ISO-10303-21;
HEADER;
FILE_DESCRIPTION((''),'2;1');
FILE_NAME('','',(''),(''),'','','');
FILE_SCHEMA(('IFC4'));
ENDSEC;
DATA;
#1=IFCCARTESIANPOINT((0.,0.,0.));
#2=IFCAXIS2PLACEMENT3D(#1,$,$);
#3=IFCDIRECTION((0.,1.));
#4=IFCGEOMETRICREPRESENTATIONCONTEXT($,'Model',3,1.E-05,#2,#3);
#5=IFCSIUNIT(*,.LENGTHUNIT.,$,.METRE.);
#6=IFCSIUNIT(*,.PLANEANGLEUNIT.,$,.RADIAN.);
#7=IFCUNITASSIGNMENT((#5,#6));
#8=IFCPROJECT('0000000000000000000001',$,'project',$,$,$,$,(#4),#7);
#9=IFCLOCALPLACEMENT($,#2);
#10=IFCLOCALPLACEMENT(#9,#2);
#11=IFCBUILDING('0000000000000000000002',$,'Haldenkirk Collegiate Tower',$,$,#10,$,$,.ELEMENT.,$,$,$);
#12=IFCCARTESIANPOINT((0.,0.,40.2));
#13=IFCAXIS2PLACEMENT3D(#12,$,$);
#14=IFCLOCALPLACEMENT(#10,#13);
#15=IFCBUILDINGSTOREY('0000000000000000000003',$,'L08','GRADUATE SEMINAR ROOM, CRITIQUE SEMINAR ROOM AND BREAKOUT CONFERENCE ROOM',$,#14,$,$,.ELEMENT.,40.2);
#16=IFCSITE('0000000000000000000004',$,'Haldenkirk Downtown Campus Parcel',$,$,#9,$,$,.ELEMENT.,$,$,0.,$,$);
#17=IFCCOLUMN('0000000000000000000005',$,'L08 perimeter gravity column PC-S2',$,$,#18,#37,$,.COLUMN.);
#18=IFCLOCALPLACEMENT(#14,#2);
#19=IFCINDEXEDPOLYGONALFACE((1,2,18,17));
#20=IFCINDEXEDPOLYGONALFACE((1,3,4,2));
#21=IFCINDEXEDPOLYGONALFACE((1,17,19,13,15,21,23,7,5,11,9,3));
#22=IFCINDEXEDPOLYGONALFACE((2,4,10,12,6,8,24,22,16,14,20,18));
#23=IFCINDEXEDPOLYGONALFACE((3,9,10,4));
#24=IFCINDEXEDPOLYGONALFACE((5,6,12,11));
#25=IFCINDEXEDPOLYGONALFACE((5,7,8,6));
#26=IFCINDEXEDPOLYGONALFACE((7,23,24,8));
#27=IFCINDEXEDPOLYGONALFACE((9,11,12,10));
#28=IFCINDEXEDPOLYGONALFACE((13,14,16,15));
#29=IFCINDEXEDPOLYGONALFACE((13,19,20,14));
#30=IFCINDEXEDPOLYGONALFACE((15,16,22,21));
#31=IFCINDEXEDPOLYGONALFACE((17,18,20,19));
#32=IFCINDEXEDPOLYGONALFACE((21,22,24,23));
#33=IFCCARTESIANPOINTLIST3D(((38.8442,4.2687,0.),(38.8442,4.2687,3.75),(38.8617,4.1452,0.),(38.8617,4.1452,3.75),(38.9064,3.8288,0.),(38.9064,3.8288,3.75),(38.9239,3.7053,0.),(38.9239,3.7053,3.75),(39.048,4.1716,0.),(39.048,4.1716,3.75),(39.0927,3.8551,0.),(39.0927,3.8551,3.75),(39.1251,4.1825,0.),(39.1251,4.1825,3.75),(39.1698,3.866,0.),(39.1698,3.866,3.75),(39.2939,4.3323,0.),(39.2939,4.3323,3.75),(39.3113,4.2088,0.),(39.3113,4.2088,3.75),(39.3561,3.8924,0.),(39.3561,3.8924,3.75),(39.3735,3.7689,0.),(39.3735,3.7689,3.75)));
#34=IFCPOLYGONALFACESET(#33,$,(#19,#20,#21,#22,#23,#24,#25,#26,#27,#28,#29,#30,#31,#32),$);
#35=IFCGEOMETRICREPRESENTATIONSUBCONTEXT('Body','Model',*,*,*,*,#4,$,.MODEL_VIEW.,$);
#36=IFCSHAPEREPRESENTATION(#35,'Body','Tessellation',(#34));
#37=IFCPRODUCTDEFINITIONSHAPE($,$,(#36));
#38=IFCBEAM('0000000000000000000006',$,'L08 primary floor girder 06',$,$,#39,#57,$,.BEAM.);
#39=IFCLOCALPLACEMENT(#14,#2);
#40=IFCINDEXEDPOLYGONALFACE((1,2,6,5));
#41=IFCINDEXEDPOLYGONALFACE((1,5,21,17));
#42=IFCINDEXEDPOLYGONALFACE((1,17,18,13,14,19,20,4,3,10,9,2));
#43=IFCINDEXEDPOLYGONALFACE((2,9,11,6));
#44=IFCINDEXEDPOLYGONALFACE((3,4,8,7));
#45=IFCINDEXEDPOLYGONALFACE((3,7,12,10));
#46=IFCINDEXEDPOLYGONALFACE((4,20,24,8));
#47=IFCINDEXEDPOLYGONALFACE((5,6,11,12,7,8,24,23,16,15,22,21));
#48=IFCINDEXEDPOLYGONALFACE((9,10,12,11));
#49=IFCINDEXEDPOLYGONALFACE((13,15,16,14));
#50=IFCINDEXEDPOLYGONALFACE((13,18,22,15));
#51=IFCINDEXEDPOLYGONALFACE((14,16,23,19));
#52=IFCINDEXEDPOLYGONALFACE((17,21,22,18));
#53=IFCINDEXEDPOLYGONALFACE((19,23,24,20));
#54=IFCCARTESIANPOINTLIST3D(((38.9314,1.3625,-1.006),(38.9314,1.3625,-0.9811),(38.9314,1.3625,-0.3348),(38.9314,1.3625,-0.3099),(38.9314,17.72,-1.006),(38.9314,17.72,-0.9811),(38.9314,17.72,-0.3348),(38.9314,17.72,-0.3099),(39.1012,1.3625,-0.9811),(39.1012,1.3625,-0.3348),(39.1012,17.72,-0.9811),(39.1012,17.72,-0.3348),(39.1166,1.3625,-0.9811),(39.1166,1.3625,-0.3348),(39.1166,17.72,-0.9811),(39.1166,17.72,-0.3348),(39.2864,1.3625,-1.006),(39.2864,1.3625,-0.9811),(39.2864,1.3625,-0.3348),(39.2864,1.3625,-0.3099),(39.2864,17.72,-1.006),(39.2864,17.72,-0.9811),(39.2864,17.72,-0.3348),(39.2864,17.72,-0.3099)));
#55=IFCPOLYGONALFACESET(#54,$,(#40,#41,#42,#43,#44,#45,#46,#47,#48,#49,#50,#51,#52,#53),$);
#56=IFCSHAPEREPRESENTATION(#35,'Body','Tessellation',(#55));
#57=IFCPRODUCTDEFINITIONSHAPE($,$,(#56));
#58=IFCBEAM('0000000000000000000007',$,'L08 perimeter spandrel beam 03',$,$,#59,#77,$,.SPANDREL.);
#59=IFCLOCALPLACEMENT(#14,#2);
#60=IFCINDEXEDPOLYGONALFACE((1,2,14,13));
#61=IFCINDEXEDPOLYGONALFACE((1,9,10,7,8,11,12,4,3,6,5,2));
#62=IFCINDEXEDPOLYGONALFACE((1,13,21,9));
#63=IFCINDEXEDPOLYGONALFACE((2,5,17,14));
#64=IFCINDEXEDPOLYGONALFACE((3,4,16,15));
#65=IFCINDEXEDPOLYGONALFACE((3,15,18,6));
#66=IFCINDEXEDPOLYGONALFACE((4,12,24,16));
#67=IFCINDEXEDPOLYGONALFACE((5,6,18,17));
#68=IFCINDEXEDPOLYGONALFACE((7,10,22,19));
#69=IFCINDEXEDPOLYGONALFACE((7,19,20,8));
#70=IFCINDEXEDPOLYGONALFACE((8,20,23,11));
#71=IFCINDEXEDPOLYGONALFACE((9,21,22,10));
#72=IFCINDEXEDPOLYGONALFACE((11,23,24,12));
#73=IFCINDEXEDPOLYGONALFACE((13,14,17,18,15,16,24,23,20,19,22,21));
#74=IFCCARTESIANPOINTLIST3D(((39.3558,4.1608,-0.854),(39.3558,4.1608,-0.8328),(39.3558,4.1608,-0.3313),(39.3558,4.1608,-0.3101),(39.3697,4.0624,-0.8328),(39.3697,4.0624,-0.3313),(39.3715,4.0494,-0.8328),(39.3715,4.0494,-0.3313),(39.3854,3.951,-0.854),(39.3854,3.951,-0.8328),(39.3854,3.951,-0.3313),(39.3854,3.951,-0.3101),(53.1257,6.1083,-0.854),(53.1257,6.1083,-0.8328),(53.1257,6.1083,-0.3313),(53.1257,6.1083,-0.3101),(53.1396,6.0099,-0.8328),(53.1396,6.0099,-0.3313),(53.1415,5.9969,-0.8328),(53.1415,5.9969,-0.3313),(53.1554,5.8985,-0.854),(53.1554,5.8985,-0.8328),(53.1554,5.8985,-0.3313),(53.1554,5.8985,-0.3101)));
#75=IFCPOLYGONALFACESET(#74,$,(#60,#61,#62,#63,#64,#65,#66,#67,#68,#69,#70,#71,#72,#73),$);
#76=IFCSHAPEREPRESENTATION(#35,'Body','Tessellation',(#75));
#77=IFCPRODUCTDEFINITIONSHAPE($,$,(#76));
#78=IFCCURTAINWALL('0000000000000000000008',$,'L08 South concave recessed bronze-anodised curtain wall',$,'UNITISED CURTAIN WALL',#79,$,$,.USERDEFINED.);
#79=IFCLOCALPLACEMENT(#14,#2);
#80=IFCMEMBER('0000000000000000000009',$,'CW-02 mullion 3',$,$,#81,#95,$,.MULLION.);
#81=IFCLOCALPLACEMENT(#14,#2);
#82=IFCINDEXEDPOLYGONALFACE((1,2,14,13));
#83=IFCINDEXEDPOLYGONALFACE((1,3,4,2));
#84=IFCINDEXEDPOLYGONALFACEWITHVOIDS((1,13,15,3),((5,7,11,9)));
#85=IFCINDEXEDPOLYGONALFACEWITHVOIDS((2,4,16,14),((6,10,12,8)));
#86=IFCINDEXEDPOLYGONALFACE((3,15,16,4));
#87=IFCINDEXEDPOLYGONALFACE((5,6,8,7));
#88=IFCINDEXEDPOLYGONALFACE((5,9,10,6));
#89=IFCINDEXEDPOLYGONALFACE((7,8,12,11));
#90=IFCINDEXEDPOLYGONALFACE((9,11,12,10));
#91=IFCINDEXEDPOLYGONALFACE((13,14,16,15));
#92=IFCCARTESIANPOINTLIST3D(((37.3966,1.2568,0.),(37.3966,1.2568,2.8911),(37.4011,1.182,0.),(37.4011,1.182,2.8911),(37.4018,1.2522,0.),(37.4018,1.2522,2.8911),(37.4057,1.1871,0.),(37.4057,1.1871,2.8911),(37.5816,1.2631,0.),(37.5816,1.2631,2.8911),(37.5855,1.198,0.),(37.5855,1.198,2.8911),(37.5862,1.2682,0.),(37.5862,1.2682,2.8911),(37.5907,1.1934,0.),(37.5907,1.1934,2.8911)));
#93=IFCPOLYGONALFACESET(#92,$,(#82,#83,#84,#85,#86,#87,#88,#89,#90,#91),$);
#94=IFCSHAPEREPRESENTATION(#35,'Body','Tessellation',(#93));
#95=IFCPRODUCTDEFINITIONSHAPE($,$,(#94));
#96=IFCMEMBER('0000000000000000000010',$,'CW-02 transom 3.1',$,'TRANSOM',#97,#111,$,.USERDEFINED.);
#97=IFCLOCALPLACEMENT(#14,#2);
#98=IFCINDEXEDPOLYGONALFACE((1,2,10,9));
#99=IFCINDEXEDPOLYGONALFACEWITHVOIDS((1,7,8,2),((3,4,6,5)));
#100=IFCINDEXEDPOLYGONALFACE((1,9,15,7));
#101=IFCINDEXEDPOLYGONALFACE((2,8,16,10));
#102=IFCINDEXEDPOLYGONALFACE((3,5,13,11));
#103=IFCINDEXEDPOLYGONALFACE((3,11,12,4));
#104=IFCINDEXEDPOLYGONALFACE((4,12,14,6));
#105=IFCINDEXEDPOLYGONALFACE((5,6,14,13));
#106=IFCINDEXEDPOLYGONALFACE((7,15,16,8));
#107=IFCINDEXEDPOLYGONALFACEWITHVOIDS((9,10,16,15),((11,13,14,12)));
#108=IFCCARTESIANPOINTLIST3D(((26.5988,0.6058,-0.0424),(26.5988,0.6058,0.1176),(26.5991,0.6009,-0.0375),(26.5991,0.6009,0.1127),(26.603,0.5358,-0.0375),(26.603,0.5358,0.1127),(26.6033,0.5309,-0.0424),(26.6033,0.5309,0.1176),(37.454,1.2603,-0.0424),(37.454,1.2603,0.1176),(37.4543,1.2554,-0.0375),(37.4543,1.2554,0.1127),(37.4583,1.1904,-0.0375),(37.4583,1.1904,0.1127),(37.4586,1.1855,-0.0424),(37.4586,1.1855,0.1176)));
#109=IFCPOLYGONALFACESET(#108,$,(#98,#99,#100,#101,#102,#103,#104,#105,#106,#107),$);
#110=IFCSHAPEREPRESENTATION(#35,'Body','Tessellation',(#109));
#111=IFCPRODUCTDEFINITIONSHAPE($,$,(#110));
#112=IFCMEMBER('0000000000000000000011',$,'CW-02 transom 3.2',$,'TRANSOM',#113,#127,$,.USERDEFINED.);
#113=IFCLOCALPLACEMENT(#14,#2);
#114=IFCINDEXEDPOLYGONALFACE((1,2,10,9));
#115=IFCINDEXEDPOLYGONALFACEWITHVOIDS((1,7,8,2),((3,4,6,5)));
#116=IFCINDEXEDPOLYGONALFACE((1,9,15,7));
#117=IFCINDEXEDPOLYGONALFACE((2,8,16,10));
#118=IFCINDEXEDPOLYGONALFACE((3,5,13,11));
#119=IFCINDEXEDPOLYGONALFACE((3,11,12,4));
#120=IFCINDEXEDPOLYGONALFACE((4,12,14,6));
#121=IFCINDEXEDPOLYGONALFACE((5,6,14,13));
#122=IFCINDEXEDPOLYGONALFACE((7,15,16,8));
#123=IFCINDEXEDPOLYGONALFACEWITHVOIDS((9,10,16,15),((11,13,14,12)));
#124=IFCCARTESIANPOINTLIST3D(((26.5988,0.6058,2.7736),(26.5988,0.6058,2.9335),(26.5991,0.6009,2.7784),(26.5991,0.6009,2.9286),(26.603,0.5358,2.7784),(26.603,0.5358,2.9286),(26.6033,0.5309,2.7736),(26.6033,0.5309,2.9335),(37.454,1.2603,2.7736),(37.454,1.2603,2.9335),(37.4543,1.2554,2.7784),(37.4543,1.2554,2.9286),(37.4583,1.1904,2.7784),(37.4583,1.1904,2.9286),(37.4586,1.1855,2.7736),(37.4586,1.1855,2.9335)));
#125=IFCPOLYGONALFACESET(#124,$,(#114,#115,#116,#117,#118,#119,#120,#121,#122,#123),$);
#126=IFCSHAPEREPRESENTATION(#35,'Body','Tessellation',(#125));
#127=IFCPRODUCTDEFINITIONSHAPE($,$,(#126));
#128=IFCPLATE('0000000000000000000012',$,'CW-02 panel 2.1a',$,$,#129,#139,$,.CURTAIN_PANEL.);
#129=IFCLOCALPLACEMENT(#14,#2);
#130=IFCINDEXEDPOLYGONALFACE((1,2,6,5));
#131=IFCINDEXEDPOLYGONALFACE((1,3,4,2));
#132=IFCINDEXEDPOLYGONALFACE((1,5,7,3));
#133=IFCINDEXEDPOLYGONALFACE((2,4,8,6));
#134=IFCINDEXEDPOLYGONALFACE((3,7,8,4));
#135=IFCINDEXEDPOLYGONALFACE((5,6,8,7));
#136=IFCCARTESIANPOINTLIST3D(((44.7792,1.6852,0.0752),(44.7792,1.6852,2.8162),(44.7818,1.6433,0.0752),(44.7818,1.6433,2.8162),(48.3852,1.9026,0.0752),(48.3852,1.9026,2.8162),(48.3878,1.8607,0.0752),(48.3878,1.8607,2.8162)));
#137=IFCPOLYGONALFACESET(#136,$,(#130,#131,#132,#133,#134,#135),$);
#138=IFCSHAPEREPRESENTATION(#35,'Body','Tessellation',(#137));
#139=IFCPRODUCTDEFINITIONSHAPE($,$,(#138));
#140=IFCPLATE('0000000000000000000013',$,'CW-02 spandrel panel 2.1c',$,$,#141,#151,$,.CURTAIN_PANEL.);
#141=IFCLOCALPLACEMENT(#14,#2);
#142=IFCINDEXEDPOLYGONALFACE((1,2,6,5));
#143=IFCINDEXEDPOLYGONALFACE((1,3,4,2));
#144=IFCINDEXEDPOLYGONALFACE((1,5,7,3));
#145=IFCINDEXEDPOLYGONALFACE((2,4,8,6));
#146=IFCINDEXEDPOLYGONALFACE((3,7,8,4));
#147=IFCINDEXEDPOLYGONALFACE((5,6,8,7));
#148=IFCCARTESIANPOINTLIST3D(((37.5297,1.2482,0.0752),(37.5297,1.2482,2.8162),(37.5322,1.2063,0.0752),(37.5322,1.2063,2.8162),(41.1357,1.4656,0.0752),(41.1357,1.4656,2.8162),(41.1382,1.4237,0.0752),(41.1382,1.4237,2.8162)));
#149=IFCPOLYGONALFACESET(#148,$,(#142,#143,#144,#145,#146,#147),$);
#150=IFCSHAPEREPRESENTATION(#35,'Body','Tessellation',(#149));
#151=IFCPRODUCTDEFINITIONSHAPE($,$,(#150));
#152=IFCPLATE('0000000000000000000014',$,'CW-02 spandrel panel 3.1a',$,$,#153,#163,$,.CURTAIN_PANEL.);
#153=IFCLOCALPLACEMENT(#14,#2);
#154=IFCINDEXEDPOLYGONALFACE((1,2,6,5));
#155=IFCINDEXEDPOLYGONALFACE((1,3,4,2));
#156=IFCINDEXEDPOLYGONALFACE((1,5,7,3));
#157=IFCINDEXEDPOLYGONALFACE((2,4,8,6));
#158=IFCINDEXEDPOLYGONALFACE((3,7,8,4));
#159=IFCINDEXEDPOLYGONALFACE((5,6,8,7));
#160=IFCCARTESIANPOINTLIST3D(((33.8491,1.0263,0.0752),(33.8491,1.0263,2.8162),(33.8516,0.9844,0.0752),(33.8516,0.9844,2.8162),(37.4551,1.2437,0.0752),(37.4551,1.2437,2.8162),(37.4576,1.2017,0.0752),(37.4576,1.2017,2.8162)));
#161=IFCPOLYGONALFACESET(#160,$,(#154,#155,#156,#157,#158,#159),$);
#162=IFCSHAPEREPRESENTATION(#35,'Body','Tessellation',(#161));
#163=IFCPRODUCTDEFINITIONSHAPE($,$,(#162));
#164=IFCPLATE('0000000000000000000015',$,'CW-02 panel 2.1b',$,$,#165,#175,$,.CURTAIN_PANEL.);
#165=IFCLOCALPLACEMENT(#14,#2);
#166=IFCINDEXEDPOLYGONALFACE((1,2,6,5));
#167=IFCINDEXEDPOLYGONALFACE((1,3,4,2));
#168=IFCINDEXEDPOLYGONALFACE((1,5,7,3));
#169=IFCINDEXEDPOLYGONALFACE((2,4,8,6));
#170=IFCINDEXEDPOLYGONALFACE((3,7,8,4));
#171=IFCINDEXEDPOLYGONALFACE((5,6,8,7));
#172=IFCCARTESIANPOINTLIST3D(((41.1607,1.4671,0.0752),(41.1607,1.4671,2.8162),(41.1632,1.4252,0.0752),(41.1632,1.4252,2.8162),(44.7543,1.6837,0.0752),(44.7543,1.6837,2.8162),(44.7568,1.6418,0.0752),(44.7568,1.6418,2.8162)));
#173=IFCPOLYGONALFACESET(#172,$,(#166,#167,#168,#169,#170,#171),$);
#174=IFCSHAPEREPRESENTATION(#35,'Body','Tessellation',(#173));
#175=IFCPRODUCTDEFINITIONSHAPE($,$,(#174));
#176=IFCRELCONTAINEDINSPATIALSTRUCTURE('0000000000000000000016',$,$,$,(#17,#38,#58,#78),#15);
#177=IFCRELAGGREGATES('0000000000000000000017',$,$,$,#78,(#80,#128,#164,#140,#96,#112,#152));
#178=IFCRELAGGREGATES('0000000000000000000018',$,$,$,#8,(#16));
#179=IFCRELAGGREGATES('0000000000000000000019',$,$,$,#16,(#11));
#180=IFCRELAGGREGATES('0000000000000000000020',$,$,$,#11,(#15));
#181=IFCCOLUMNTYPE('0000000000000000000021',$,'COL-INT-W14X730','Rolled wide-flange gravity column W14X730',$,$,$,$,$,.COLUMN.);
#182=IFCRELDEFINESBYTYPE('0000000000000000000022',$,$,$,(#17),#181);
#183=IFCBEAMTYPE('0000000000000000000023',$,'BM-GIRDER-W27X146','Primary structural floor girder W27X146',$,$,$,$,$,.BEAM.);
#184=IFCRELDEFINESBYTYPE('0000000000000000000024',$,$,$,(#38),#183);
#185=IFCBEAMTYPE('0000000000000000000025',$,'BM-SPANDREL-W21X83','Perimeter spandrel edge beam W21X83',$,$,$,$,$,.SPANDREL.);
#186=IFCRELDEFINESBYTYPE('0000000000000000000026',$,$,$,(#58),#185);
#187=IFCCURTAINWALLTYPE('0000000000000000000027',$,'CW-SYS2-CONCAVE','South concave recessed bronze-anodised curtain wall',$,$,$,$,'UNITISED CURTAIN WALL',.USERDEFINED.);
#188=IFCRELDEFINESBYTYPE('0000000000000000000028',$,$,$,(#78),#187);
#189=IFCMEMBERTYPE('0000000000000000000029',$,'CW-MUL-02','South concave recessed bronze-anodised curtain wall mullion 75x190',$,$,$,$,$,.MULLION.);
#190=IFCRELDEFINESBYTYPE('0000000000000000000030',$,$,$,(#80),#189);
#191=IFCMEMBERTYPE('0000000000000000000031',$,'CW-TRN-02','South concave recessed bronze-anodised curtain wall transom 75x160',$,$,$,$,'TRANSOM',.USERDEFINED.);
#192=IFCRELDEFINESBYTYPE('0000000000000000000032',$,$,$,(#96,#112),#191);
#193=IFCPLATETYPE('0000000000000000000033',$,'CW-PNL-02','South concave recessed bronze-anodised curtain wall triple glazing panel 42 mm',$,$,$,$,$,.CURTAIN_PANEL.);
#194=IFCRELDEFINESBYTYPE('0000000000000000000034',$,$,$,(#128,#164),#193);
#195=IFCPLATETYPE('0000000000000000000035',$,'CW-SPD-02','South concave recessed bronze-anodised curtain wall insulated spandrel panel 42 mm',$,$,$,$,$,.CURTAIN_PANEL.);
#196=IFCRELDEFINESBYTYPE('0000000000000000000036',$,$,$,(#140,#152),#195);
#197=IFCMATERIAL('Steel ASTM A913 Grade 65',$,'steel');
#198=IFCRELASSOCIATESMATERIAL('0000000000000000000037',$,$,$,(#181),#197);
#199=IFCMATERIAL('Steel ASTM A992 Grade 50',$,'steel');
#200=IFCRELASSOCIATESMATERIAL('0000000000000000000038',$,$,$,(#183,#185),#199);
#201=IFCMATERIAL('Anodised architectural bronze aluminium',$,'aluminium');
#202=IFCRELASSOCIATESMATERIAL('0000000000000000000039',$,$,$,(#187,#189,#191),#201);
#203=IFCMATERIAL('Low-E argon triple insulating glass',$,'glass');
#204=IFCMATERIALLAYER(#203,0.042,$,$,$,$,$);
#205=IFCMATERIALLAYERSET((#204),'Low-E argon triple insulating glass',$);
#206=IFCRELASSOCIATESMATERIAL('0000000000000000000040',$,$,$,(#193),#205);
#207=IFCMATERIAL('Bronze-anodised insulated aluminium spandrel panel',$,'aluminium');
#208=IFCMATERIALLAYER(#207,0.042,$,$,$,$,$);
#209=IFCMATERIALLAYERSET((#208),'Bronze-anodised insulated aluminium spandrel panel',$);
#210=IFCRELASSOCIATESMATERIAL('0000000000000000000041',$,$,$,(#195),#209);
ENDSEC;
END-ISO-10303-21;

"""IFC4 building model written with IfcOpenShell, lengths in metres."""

from ifc_helpers import new_model, si_unit, direction, frame, origin, origin_2d, place, context, subcontext, project, spatial, rectangle, hollow_rectangle, i_section, extrude, source, transform, mapped, material, layer, layer_set, material_profile, profile_set, type_object, element, aggregate, save


model = new_model("IFC4")

# Units and contexts
model_context = context("Model", 3, precision=1e-05, world=origin(), true_north=direction((0.0, 1.0)))
body_context = subcontext(model_context, "Body", "Model", "MODEL_VIEW")
ifc_project = project(units=[si_unit("LENGTHUNIT", "METRE"), si_unit("PLANEANGLEUNIT", "RADIAN")], contexts=[model_context])

# Site, building, storey
site_placement = place(None, origin())
site = spatial("IfcSite", under=ifc_project, at=site_placement, Name="Haldenkirk Downtown Campus Parcel", CompositionType="ELEMENT", RefElevation=0.0)
building_placement = place(site_placement, origin())
building = spatial("IfcBuilding", under=site, at=building_placement, Name="Haldenkirk Collegiate Tower", CompositionType="ELEMENT")
storey_placement = place(building_placement, frame((0.0, 0.0, 40.2)))
storey = spatial("IfcBuildingStorey", under=building, at=storey_placement, Name="L08", Description="GRADUATE SEMINAR ROOM, CRITIQUE SEMINAR ROOM AND BREAKOUT CONFERENCE ROOM", CompositionType="ELEMENT", Elevation=40.2)

# Column
ifc_material_1 = material(Name="Steel ASTM A913 Grade 65", Category="steel")
ifc_material_profile_1 = material_profile(ifc_material_1, i_section(OverallWidth=0.4541, OverallDepth=0.5691, WebThickness=0.0779, FlangeThickness=0.1248, at=origin_2d()), Name="W14X730")
ifc_profile_set_1 = profile_set([ifc_material_profile_1], Name="Steel ASTM A913 Grade 65")
column_type = type_object("IfcColumnType", Name="COL-INT-W14X730", Description="Rolled wide-flange gravity column W14X730", PredefinedType="COLUMN", material=ifc_profile_set_1)
column_placement = place(storey_placement, frame((39.1089, 4.0188, 0.0), z_axis=(0.0, 0.0, 1.0), x_axis=(0.990146, 0.140037, 0.0)))
element("IfcColumn", 1, at=column_placement, inside=storey, type_object=column_type, Name="L08 perimeter gravity column PC-S2", PredefinedType="COLUMN", context=body_context, shape_type="SweptSolid", body=[
    extrude(i_section(OverallWidth=0.4541, OverallDepth=0.5691, WebThickness=0.0779, FlangeThickness=0.1248, at=origin_2d()), origin(), (0.0, 0.0, 1.0), 3.75),
])

# Beams
ifc_material_2 = material(Name="Steel ASTM A992 Grade 50", Category="steel")
ifc_material_profile_2 = material_profile(ifc_material_2, i_section(OverallWidth=0.355, OverallDepth=0.696, WebThickness=0.0154, FlangeThickness=0.0249, at=origin_2d()), Name="W27X146")
ifc_profile_set_2 = profile_set([ifc_material_profile_2], Name="Steel ASTM A992 Grade 50")
beam_type_1 = type_object("IfcBeamType", Name="BM-GIRDER-W27X146", Description="Primary structural floor girder W27X146", PredefinedType="BEAM", material=ifc_profile_set_2)
beam_1_placement = place(storey_placement, frame((39.1089, 1.3625, -0.658), z_axis=(0.0, 1.0, 0.0), x_axis=(-1.0, 0.0, 0.0)))
element("IfcBeam", 2, at=beam_1_placement, inside=storey, type_object=beam_type_1, Name="L08 primary floor girder 06", PredefinedType="BEAM", context=body_context, shape_type="SweptSolid", body=[
    extrude(i_section(OverallWidth=0.355, OverallDepth=0.696, WebThickness=0.0154, FlangeThickness=0.0249, at=origin_2d()), origin(), (0.0, 0.0, 1.0), 16.3574),
])
ifc_material_profile_3 = material_profile(ifc_material_2, i_section(OverallWidth=0.2119, OverallDepth=0.5439, WebThickness=0.0132, FlangeThickness=0.0212, at=origin_2d()), Name="W21X83")
ifc_profile_set_3 = profile_set([ifc_material_profile_3], Name="Steel ASTM A992 Grade 50")
beam_type_2 = type_object("IfcBeamType", Name="BM-SPANDREL-W21X83", Description="Perimeter spandrel edge beam W21X83", PredefinedType="SPANDREL", material=ifc_profile_set_3)
beam_2_placement = place(storey_placement, frame((39.3706, 4.0559, -0.582), z_axis=(0.990146, 0.140038, 0.0), x_axis=(-0.140038, 0.990146, 0.0)))
element("IfcBeam", 3, at=beam_2_placement, inside=storey, type_object=beam_type_2, Name="L08 perimeter spandrel beam 03", PredefinedType="SPANDREL", context=body_context, shape_type="SweptSolid", body=[
    extrude(i_section(OverallWidth=0.2119, OverallDepth=0.5439, WebThickness=0.0132, FlangeThickness=0.0212, at=origin_2d()), origin(), (0.0, 0.0, 1.0), 13.907),
])

# Curtain wall, members, plates
ifc_material_3 = material(Name="Anodised architectural bronze aluminium", Category="aluminium")
curtain_wall_type = type_object("IfcCurtainWallType", Name="CW-SYS2-CONCAVE", Description="South concave recessed bronze-anodised curtain wall", ElementType="UNITISED CURTAIN WALL", PredefinedType="USERDEFINED", material=ifc_material_3)
curtain_wall_placement = place(storey_placement, origin())
curtain_wall = element("IfcCurtainWall", 4, at=curtain_wall_placement, inside=storey, type_object=curtain_wall_type, Name="L08 South concave recessed bronze-anodised curtain wall", ObjectType="UNITISED CURTAIN WALL", PredefinedType="USERDEFINED")
ifc_material_profile_4 = material_profile(ifc_material_3, hollow_rectangle(XDim=0.075, YDim=0.1899, WallThickness=0.0049, at=origin_2d()), Name="CW-MUL-02")
ifc_profile_set_4 = profile_set([ifc_material_profile_4], Name="Anodised architectural bronze aluminium")
member_type_1 = type_object("IfcMemberType", Name="CW-MUL-02", Description="South concave recessed bronze-anodised curtain wall mullion 75x190", PredefinedType="MULLION", material=ifc_profile_set_4)
member_1_placement = place(storey_placement, frame((37.4937, 1.2251, 0.0), z_axis=(0.0, 0.0, 1.0), x_axis=(0.060176, -0.998188, 0.0)))
member_1 = element("IfcMember", 5, at=member_1_placement, type_object=member_type_1, Name="CW-02 mullion 3", PredefinedType="MULLION", context=body_context, shape_type="SweptSolid", body=[
    extrude(hollow_rectangle(XDim=0.075, YDim=0.1899, WallThickness=0.0049, at=origin_2d()), origin(), (0.0, 0.0, 1.0), 2.8911),
])
ifc_material_profile_5 = material_profile(ifc_material_3, hollow_rectangle(XDim=0.075, YDim=0.1599, WallThickness=0.0049, at=origin_2d()), Name="CW-TRN-02")
ifc_profile_set_5 = profile_set([ifc_material_profile_5], Name="Anodised architectural bronze aluminium")
member_type_2 = type_object("IfcMemberType", Name="CW-TRN-02", Description="South concave recessed bronze-anodised curtain wall transom 75x160", ElementType="TRANSOM", PredefinedType="USERDEFINED", material=ifc_profile_set_5)
member_2_placement = place(storey_placement, frame((37.4563, 1.2229, 0.0376), z_axis=(-0.998187, -0.060188, 0.0), x_axis=(0.060188, -0.998187, 0.0)))
member_2 = element("IfcMember", 6, at=member_2_placement, type_object=member_type_2, Name="CW-02 transom 3.1", ObjectType="TRANSOM", PredefinedType="USERDEFINED", context=body_context, shape_type="SweptSolid", body=[
    extrude(hollow_rectangle(XDim=0.075, YDim=0.1599, WallThickness=0.0049, at=origin_2d()), origin(), (0.0, 0.0, 1.0), 10.875),
])
member_3_placement = place(storey_placement, frame((37.4563, 1.2229, 2.8535), z_axis=(-0.998187, -0.060188, 0.0), x_axis=(0.060188, -0.998187, 0.0)))
member_3 = element("IfcMember", 7, at=member_3_placement, type_object=member_type_2, Name="CW-02 transom 3.2", ObjectType="TRANSOM", PredefinedType="USERDEFINED", context=body_context, shape_type="SweptSolid", body=[
    extrude(hollow_rectangle(XDim=0.075, YDim=0.1599, WallThickness=0.0049, at=origin_2d()), origin(), (0.0, 0.0, 1.0), 10.875),
])
ifc_material_4 = material(Name="Low-E argon triple insulating glass", Category="glass")
ifc_layer_1 = layer(ifc_material_4, 0.042)
ifc_layer_set_1 = layer_set([ifc_layer_1], Name="Low-E argon triple insulating glass")
plate_type_1 = type_object("IfcPlateType", Name="CW-PNL-02", Description="South concave recessed bronze-anodised curtain wall triple glazing panel 42 mm", PredefinedType="CURTAIN_PANEL", material=ifc_layer_set_1)
shared_shape_1 = source(origin(), body_context, "Body", "SweptSolid", [
    extrude(rectangle(XDim=3.6125, YDim=0.042, at=origin_2d()), origin(), (0.0, 0.0, 1.0), 2.741),
])
plate_1_placement = place(storey_placement, frame((46.5835, 1.7729, 0.0752), z_axis=(0.0, 0.0, 1.0), x_axis=(-0.998188, -0.060176, 0.0)))
plate_1 = element("IfcPlate", 8, at=plate_1_placement, type_object=plate_type_1, Name="CW-02 panel 2.1a", PredefinedType="CURTAIN_PANEL", context=body_context, shape_type="MappedRepresentation", body=[
    mapped(shared_shape_1, transform((0.0, 0.0, 0.0), x_axis=(1.0, 0.0, 0.0), y_axis=(0.0, 1.0, 0.0), z_axis=(0.0, 0.0, 1.0), scale=1.0)),
])
ifc_material_5 = material(Name="Bronze-anodised insulated aluminium spandrel panel", Category="aluminium")
ifc_layer_2 = layer(ifc_material_5, 0.042)
ifc_layer_set_2 = layer_set([ifc_layer_2], Name="Bronze-anodised insulated aluminium spandrel panel")
plate_type_2 = type_object("IfcPlateType", Name="CW-SPD-02", Description="South concave recessed bronze-anodised curtain wall insulated spandrel panel 42 mm", PredefinedType="CURTAIN_PANEL", material=ifc_layer_set_2)
plate_2_placement = place(storey_placement, frame((39.334, 1.3359, 0.0752), z_axis=(0.0, 0.0, 1.0), x_axis=(-0.998188, -0.060176, 0.0)))
plate_2 = element("IfcPlate", 9, at=plate_2_placement, type_object=plate_type_2, Name="CW-02 spandrel panel 2.1c", PredefinedType="CURTAIN_PANEL", context=body_context, shape_type="MappedRepresentation", body=[
    mapped(shared_shape_1, transform((0.0, 0.0, 0.0), x_axis=(1.0, 0.0, 0.0), y_axis=(0.0, 1.0, 0.0), z_axis=(0.0, 0.0, 1.0), scale=1.0)),
])
plate_3_placement = place(storey_placement, frame((35.6533, 1.114, 0.0752), z_axis=(0.0, 0.0, 1.0), x_axis=(-0.998188, -0.060176, 0.0)))
plate_3 = element("IfcPlate", 10, at=plate_3_placement, type_object=plate_type_2, Name="CW-02 spandrel panel 3.1a", PredefinedType="CURTAIN_PANEL", context=body_context, shape_type="MappedRepresentation", body=[
    mapped(shared_shape_1, transform((0.0, 0.0, 0.0), x_axis=(1.0, 0.0, 0.0), y_axis=(0.0, 1.0, 0.0), z_axis=(0.0, 0.0, 1.0), scale=1.0)),
])
shared_shape_2 = source(origin(), body_context, "Body", "SweptSolid", [
    extrude(rectangle(XDim=3.6001, YDim=0.042, at=origin_2d()), origin(), (0.0, 0.0, 1.0), 2.741),
])
plate_4_placement = place(storey_placement, frame((42.9587, 1.5544, 0.0752), z_axis=(0.0, 0.0, 1.0), x_axis=(-0.998188, -0.060176, 0.0)))
plate_4 = element("IfcPlate", 11, at=plate_4_placement, type_object=plate_type_1, Name="CW-02 panel 2.1b", PredefinedType="CURTAIN_PANEL", context=body_context, shape_type="MappedRepresentation", body=[
    mapped(shared_shape_2, transform((0.0, 0.0, 0.0), x_axis=(1.0, 0.0, 0.0), y_axis=(0.0, 1.0, 0.0), z_axis=(0.0, 0.0, 1.0), scale=1.0)),
])
aggregate(curtain_wall, [member_1, plate_1, plate_4, plate_2, member_2, member_3, plate_3])

save(model, "model.ifc")
